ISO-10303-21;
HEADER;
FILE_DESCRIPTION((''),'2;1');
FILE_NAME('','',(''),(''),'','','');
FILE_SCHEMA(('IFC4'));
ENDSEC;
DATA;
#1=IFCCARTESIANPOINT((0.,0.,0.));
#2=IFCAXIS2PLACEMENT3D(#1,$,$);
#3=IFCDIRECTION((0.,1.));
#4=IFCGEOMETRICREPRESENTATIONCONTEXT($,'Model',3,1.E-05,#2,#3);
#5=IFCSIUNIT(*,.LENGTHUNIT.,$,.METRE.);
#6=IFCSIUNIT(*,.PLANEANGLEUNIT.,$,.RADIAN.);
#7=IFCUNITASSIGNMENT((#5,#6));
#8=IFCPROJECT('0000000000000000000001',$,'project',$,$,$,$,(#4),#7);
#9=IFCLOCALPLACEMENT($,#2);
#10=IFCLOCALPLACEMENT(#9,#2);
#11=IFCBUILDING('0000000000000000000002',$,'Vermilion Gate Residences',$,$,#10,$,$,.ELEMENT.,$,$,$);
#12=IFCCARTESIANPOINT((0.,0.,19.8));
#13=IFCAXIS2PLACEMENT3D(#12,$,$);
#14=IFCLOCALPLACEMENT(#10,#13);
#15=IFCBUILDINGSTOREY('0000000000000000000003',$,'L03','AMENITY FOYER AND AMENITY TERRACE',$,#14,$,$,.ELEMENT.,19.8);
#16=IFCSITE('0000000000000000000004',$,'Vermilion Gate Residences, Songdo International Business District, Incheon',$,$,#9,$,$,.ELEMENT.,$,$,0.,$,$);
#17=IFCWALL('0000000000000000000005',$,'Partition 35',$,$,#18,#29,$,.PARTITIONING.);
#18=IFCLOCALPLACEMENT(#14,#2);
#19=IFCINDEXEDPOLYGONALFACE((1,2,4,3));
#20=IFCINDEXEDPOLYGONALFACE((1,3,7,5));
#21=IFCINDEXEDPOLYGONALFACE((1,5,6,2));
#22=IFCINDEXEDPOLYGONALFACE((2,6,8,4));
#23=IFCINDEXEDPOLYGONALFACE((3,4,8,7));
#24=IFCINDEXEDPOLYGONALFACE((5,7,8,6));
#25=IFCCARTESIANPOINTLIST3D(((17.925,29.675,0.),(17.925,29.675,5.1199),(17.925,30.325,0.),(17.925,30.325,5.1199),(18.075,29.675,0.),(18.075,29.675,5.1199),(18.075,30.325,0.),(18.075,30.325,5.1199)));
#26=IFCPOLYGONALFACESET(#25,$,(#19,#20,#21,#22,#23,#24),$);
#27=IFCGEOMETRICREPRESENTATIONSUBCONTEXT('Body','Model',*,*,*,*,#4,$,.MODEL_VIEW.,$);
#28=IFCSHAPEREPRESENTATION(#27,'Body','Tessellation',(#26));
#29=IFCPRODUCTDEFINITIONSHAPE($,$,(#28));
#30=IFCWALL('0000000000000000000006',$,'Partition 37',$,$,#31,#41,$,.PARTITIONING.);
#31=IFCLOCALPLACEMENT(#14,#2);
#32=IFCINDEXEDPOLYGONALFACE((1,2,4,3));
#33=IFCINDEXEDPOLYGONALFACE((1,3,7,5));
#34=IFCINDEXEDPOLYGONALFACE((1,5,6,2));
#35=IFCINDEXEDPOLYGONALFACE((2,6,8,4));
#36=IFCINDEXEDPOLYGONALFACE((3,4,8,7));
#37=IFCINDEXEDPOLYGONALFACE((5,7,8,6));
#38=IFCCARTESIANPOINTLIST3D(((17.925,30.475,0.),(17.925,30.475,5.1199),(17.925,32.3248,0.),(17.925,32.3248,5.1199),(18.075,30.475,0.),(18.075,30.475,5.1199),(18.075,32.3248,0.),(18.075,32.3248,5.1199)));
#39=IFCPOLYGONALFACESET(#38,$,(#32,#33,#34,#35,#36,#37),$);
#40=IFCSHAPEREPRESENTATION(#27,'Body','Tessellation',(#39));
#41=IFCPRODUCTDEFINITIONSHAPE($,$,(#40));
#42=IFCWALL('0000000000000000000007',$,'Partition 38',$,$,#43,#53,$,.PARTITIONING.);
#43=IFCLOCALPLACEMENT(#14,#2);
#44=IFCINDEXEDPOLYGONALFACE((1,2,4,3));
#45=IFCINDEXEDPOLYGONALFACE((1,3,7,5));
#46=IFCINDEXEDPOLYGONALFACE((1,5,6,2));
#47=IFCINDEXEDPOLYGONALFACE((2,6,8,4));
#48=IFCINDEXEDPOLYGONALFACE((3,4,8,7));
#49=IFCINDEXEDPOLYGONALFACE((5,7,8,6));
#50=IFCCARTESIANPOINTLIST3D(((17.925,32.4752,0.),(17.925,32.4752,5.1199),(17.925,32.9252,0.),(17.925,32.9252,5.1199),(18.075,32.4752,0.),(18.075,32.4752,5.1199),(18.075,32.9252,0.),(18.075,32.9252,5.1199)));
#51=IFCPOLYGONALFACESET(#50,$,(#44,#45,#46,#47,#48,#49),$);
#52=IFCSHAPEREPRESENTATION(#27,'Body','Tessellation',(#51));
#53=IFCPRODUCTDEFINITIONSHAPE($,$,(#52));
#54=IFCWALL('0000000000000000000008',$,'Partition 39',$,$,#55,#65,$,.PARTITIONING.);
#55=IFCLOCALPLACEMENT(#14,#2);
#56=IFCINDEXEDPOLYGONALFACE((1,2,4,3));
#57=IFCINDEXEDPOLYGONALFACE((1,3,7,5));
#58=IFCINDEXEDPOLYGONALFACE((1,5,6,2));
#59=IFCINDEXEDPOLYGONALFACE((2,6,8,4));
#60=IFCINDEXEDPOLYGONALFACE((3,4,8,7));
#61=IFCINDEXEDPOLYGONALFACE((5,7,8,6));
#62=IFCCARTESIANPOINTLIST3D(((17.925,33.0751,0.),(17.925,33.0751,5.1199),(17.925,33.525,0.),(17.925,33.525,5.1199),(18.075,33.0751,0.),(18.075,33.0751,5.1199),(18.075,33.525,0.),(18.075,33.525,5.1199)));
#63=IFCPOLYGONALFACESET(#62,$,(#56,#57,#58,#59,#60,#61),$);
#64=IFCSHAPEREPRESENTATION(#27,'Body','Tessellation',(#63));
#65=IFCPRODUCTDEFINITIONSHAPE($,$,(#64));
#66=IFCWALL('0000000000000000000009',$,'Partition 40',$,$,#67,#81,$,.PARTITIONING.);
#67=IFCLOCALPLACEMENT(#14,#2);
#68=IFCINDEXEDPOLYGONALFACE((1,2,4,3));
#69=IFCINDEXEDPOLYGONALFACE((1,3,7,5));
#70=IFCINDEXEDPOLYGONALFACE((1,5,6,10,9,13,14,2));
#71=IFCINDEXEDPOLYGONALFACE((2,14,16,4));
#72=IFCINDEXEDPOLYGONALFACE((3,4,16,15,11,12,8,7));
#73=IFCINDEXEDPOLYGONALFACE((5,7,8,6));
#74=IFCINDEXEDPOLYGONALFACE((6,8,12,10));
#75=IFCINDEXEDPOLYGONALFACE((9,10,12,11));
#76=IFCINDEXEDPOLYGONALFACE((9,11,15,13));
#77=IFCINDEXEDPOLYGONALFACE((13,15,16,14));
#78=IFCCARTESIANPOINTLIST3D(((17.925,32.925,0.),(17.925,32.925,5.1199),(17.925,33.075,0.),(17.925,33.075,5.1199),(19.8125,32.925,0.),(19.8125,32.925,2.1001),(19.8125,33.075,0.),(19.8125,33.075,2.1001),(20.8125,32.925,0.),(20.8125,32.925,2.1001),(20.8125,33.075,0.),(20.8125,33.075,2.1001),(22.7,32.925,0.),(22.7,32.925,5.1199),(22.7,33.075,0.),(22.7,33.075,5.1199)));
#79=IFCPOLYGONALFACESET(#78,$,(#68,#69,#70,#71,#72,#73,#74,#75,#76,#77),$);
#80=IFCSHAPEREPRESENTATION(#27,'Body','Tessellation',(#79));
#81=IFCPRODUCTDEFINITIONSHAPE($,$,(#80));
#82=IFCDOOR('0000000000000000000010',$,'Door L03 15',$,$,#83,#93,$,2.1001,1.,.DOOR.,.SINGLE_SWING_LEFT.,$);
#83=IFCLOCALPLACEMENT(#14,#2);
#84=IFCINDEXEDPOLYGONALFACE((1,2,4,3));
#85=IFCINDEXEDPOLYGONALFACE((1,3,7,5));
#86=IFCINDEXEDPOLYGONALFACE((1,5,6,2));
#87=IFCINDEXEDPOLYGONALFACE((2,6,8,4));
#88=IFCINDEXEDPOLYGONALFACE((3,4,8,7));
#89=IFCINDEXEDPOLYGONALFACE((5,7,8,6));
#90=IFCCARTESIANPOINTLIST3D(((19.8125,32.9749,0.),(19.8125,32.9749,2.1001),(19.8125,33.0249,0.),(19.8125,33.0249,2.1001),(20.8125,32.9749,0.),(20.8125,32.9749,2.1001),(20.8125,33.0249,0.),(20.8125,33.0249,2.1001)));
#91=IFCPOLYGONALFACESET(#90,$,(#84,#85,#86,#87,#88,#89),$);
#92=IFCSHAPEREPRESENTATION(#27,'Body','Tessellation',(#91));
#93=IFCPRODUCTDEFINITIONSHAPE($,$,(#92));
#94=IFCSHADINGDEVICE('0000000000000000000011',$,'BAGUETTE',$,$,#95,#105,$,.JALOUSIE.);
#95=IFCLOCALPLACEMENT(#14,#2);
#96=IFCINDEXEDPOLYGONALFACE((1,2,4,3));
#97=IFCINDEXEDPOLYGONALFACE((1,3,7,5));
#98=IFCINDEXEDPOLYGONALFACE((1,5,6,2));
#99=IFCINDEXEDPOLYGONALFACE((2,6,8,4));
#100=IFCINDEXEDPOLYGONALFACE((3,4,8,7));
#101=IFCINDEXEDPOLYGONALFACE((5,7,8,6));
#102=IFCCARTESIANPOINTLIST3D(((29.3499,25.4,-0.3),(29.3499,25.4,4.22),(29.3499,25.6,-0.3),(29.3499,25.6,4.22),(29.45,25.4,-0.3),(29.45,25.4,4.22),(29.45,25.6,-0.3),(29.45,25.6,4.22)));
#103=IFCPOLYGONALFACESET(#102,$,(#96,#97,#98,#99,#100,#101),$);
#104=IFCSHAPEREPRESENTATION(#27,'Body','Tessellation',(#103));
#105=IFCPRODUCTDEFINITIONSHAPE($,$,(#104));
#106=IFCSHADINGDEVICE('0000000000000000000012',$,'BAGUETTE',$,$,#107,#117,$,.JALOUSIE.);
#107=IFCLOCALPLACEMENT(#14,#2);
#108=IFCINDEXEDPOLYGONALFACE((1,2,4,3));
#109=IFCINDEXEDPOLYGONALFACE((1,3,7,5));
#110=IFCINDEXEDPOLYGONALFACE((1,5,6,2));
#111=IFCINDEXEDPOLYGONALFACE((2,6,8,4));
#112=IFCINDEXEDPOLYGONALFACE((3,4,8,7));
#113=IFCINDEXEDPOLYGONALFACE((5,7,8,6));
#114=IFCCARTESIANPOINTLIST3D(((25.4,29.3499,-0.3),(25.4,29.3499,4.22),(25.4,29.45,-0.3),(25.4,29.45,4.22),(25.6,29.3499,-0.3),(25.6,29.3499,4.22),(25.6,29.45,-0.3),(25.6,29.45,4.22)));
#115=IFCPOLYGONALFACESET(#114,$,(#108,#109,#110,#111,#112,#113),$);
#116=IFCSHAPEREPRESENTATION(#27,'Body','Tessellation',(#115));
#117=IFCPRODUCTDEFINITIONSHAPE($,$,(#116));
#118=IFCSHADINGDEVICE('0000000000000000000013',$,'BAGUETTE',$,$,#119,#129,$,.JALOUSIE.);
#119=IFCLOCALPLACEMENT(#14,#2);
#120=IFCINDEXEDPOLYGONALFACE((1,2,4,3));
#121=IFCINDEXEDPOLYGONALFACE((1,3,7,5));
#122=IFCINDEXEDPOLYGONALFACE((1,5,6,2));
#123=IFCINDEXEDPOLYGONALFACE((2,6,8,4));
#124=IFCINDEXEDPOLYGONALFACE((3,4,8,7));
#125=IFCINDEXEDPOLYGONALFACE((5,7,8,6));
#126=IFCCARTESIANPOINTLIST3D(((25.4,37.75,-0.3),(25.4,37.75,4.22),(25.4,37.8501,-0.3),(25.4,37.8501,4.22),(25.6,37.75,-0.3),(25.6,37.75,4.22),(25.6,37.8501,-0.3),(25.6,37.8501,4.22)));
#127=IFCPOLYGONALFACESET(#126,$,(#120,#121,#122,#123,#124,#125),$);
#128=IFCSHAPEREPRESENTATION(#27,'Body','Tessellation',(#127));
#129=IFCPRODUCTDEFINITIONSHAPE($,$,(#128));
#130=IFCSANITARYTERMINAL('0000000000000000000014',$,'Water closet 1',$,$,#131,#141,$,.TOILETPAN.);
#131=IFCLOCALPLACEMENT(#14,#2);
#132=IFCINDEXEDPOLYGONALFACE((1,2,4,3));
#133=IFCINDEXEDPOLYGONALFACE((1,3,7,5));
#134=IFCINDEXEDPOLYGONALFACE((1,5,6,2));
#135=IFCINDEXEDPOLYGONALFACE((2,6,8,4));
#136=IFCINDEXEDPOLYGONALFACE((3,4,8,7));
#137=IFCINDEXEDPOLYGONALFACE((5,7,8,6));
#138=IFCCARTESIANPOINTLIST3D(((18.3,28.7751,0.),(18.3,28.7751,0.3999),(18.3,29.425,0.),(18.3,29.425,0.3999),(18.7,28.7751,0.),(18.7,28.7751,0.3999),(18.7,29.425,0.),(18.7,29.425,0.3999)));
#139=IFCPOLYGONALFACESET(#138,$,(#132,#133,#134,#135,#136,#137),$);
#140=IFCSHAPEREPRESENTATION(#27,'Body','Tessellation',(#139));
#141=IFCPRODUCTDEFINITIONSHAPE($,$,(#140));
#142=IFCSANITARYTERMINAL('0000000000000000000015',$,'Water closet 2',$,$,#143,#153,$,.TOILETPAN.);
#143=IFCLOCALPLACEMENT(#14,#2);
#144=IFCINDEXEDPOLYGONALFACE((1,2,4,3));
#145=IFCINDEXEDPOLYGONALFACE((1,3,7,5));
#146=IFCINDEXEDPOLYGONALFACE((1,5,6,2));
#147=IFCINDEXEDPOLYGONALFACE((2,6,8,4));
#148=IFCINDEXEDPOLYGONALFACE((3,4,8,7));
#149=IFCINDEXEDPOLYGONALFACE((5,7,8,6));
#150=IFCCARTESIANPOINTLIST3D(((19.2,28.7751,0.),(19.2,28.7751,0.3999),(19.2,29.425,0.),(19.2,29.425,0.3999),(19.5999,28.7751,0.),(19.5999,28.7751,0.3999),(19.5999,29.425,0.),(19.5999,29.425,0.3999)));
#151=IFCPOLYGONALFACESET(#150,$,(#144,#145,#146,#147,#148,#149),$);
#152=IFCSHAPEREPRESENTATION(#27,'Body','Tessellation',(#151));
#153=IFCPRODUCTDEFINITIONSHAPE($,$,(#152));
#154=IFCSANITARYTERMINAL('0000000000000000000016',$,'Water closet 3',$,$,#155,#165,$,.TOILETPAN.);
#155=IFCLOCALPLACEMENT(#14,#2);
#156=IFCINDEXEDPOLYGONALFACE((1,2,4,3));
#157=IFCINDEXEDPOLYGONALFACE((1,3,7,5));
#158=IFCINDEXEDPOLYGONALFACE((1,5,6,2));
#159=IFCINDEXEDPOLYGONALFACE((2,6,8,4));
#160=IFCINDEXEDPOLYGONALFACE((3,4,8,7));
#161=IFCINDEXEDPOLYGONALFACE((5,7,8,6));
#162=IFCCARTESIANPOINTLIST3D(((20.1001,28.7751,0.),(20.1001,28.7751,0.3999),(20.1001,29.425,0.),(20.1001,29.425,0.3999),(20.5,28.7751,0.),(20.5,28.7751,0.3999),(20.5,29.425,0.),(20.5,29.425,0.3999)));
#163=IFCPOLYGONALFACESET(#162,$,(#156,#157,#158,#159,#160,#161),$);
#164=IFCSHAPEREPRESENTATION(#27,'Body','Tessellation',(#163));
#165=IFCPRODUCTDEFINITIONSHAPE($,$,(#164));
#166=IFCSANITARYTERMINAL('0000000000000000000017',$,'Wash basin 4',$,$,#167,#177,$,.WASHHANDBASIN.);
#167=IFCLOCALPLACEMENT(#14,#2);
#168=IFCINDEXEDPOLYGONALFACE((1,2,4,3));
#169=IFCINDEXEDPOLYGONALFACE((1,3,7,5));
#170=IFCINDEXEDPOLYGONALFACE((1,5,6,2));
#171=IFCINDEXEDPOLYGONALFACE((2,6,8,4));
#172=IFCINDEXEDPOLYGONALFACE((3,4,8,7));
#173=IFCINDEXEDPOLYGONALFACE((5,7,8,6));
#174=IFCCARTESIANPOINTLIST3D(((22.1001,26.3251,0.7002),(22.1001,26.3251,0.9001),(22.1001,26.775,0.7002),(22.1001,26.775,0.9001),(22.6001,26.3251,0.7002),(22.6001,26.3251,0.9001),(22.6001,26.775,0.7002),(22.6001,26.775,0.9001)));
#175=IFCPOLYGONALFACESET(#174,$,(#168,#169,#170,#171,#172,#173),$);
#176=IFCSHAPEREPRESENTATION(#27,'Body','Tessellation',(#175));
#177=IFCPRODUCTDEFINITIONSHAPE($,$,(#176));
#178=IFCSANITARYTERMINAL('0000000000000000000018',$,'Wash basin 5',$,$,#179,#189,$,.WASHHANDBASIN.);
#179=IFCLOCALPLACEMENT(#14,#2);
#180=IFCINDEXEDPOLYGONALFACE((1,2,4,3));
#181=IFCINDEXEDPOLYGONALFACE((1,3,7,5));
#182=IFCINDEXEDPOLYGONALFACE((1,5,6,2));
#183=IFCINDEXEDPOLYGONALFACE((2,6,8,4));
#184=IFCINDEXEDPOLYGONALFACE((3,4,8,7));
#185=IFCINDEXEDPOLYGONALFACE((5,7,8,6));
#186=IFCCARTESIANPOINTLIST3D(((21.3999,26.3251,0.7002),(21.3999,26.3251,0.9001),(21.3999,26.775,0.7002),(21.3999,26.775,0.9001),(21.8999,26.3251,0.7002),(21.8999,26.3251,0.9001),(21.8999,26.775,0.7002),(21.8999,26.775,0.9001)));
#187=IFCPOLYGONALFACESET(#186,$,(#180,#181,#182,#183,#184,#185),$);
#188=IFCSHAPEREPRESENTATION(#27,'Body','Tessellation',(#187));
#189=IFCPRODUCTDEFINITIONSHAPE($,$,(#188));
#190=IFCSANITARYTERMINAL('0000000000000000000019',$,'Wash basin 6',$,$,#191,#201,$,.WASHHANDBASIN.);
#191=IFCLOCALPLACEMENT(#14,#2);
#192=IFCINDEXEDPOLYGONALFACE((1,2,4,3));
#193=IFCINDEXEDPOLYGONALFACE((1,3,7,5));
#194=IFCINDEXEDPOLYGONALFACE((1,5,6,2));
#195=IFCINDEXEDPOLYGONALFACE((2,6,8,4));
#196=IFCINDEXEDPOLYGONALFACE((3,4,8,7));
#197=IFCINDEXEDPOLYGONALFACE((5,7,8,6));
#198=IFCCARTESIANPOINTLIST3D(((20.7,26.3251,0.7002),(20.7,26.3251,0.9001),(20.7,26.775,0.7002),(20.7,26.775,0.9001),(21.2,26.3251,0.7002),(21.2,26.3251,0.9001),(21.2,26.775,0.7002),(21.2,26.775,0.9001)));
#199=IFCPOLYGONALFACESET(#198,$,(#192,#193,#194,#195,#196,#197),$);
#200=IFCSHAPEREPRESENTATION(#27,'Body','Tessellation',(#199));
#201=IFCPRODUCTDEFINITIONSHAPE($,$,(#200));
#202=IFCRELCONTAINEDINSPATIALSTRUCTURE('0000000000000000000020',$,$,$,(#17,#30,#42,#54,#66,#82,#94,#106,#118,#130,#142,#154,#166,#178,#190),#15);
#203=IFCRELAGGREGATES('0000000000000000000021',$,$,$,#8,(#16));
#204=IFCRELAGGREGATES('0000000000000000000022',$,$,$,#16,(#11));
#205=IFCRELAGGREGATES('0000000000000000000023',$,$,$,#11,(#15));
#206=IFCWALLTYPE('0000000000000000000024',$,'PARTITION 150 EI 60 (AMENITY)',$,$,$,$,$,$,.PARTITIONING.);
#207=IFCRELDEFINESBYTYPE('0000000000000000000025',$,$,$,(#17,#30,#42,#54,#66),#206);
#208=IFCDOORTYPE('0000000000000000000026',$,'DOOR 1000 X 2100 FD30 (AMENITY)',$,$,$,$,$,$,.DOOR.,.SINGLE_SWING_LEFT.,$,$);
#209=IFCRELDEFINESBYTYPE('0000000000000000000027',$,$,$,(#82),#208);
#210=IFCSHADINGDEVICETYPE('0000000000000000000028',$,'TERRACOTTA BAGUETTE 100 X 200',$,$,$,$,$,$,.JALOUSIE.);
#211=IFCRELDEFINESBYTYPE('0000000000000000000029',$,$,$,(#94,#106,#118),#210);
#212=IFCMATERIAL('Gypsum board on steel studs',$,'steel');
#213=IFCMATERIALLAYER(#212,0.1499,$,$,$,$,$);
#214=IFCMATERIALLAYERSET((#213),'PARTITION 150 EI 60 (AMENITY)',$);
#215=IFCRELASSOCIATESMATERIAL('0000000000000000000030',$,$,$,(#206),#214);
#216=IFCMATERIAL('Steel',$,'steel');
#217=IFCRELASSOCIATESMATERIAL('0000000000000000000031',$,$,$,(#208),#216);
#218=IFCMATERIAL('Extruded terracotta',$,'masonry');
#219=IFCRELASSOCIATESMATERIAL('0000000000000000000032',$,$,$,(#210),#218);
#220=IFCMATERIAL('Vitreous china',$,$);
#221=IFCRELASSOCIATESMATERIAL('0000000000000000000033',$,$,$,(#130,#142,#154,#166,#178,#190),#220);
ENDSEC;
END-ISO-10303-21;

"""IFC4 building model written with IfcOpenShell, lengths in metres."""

from ifc_helpers import new_model, si_unit, direction, frame, frame_2d, origin, origin_2d, place, context, subcontext, project, spatial, rectangle, extrude, material, layer, layer_set, material_profile, profile_set, type_object, element, fill, save


model = new_model("IFC4")

# Units and contexts
model_context = context("Model", 3, precision=1e-05, world=origin(), true_north=direction((0.0, 1.0)))
body_context = subcontext(model_context, "Body", "Model", "MODEL_VIEW")
ifc_project = project(units=[si_unit("LENGTHUNIT", "METRE"), si_unit("PLANEANGLEUNIT", "RADIAN")], contexts=[model_context])

# Site, building, storey
site_placement = place(None, origin())
site = spatial("IfcSite", under=ifc_project, at=site_placement, Name="Vermilion Gate Residences, Songdo International Business District, Incheon", CompositionType="ELEMENT", RefElevation=0.0)
building_placement = place(site_placement, origin())
building = spatial("IfcBuilding", under=site, at=building_placement, Name="Vermilion Gate Residences", CompositionType="ELEMENT")
storey_placement = place(building_placement, frame((0.0, 0.0, 19.8)))
storey = spatial("IfcBuildingStorey", under=building, at=storey_placement, Name="L03", Description="AMENITY FOYER AND AMENITY TERRACE", CompositionType="ELEMENT", Elevation=19.8)

# Walls
ifc_material_1 = material(Name="Gypsum board on steel studs", Category="steel")
ifc_layer_1 = layer(ifc_material_1, 0.1499)
ifc_layer_set_1 = layer_set([ifc_layer_1], Name="PARTITION 150 EI 60 (AMENITY)")
wall_type_1 = type_object("IfcWallType", Name="PARTITION 150 EI 60 (AMENITY)", PredefinedType="PARTITIONING", material=ifc_layer_set_1)
wall_1_placement = place(storey_placement, frame((18.0, 29.675, 0.0), z_axis=(0.0, 0.0, 1.0), x_axis=(0.0, 1.0, 0.0)))
element("IfcWall", 1, at=wall_1_placement, inside=storey, type_object=wall_type_1, Name="Partition 35", PredefinedType="PARTITIONING", context=body_context, shape_type="SweptSolid", body=[
    extrude(rectangle(XDim=0.6499, YDim=0.1499, at=frame_2d((0.325, 0.0))), origin(), (0.0, 0.0, 1.0), 5.1199),
])
wall_2_placement = place(storey_placement, frame((18.0, 30.4751, 0.0), z_axis=(0.0, 0.0, 1.0), x_axis=(0.0, 1.0, 0.0)))
element("IfcWall", 2, at=wall_2_placement, inside=storey, type_object=wall_type_1, Name="Partition 37", PredefinedType="PARTITIONING", context=body_context, shape_type="SweptSolid", body=[
    extrude(rectangle(XDim=1.8499, YDim=0.1499, at=frame_2d((0.9248, 0.0))), origin(), (0.0, 0.0, 1.0), 5.1199),
])
for number, where, z_axis, x_axis, name in (
    (3, (18.0, 32.4751, 0.0), (0.0, 0.0, 1.0), (0.0, 1.0, 0.0), "Partition 38"),
    (4, (18.0, 33.075, 0.0), (0.0, 0.0, 1.0), (0.0, 1.0, 0.0), "Partition 39"),
):
    element("IfcWall", number, at=place(storey_placement, frame(where, z_axis=z_axis, x_axis=x_axis)), inside=storey, type_object=wall_type_1, Name=name, PredefinedType="PARTITIONING", context=body_context, shape_type="SweptSolid", body=[
        extrude(rectangle(XDim=0.45, YDim=0.1499, at=frame_2d((0.2251, 0.0))), origin(), (0.0, 0.0, 1.0), 5.1199),
    ])

# Wall, opening, door
wall_3_placement = place(storey_placement, frame((17.925, 33.0, 0.0), z_axis=(0.0, 0.0, 1.0), x_axis=(1.0, 0.0, 0.0)))
wall_3 = element("IfcWall", 5, at=wall_3_placement, inside=storey, type_object=wall_type_1, Name="Partition 40", PredefinedType="PARTITIONING", context=body_context, shape_type="SweptSolid", body=[
    extrude(rectangle(XDim=4.7749, YDim=0.1499, at=frame_2d((2.3875, 0.0))), origin(), (0.0, 0.0, 1.0), 5.1199),
])
opening_1_placement = place(wall_3_placement, frame((1.8875, 0.0, 0.0)))
opening_1 = element("IfcOpeningElement", 6, at=opening_1_placement, cuts=wall_3, PredefinedType="OPENING", context=body_context, shape_type="SweptSolid", body=[
    extrude(rectangle(XDim=1.0, YDim=2.1001, at=frame_2d((0.5, 1.05))), frame((0.0, 0.085, 0.0), z_axis=(0.0, -1.0, 0.0), x_axis=(1.0, 0.0, 0.0)), (0.0, 0.0, 1.0), 0.1699),
])
ifc_material_2 = material(Name="Steel", Category="steel")
door_type_1 = type_object("IfcDoorType", Name="DOOR 1000 X 2100 FD30 (AMENITY)", OperationType="SINGLE_SWING_LEFT", PredefinedType="DOOR", material=ifc_material_2)
door_1_placement = place(opening_1_placement, origin())
door_1 = element("IfcDoor", 7, at=door_1_placement, inside=storey, type_object=door_type_1, Name="Door L03 15", OperationType="SINGLE_SWING_LEFT", OverallHeight=2.1001, OverallWidth=1.0, PredefinedType="DOOR", context=body_context, shape_type="SweptSolid", body=[
    extrude(rectangle(XDim=1.0, YDim=2.1001, at=frame_2d((0.5, 1.05))), frame((0.0, 0.0249, 0.0), z_axis=(0.0, -1.0, 0.0), x_axis=(1.0, 0.0, 0.0)), (0.0, 0.0, 1.0), 0.05),
])
fill(opening_1, door_1)

# Shading devices
ifc_material_3 = material(Name="Extruded terracotta", Category="masonry")
ifc_material_profile_1 = material_profile(ifc_material_3, rectangle(XDim=0.2, YDim=0.1001, at=origin_2d()), Name="BAGUETTE 100 X 200")
ifc_profile_set_1 = profile_set([ifc_material_profile_1], Name="Extruded terracotta")
shading_device_type = type_object("IfcShadingDeviceType", Name="TERRACOTTA BAGUETTE 100 X 200", PredefinedType="JALOUSIE", material=ifc_profile_set_1)
for number, where, z_axis, x_axis, name in (
    (8, (29.3999, 25.5, -0.3), (0.0, 0.0, 1.0), (0.0, -1.0, 0.0), "BAGUETTE"),
    (9, (25.5, 29.3999, -0.3), (0.0, 0.0, 1.0), (-1.0, 0.0, 0.0), "BAGUETTE"),
    (10, (25.5, 37.8, -0.3), (0.0, 0.0, 1.0), (-1.0, 0.0, 0.0), "BAGUETTE"),
):
    element("IfcShadingDevice", number, at=place(storey_placement, frame(where, z_axis=z_axis, x_axis=x_axis)), inside=storey, type_object=shading_device_type, Name=name, PredefinedType="JALOUSIE", context=body_context, shape_type="SweptSolid", body=[
        extrude(rectangle(XDim=0.2, YDim=0.1001, at=origin_2d()), origin(), (0.0, 0.0, 1.0), 4.52),
    ])

# Sanitary terminals
ifc_material_4 = material(Name="Vitreous china")
for number, where, z_axis, x_axis, name in (
    (11, (18.5, 29.1001, 0.0), (0.0, 0.0, 1.0), (1.0, 0.0, 0.0), "Water closet 1"),
    (12, (19.3999, 29.1001, 0.0), (0.0, 0.0, 1.0), (1.0, 0.0, 0.0), "Water closet 2"),
    (13, (20.3, 29.1001, 0.0), (0.0, 0.0, 1.0), (1.0, 0.0, 0.0), "Water closet 3"),
):
    element("IfcSanitaryTerminal", number, at=place(storey_placement, frame(where, z_axis=z_axis, x_axis=x_axis)), inside=storey, material=ifc_material_4, Name=name, PredefinedType="TOILETPAN", context=body_context, shape_type="SweptSolid", body=[
        extrude(rectangle(XDim=0.3999, YDim=0.6499, at=origin_2d()), origin(), (0.0, 0.0, 1.0), 0.3999),
    ])
for number, where, z_axis, x_axis, name in (
    (14, (22.3501, 26.55, 0.7002), (0.0, 0.0, 1.0), (1.0, 0.0, 0.0), "Wash basin 4"),
    (15, (21.6499, 26.55, 0.7002), (0.0, 0.0, 1.0), (1.0, 0.0, 0.0), "Wash basin 5"),
    (16, (20.95, 26.55, 0.7002), (0.0, 0.0, 1.0), (1.0, 0.0, 0.0), "Wash basin 6"),
):
    element("IfcSanitaryTerminal", number, at=place(storey_placement, frame(where, z_axis=z_axis, x_axis=x_axis)), inside=storey, material=ifc_material_4, Name=name, PredefinedType="WASHHANDBASIN", context=body_context, shape_type="SweptSolid", body=[
        extrude(rectangle(XDim=0.5, YDim=0.45, at=origin_2d()), origin(), (0.0, 0.0, 1.0), 0.2),
    ])

save(model, "model.ifc")
